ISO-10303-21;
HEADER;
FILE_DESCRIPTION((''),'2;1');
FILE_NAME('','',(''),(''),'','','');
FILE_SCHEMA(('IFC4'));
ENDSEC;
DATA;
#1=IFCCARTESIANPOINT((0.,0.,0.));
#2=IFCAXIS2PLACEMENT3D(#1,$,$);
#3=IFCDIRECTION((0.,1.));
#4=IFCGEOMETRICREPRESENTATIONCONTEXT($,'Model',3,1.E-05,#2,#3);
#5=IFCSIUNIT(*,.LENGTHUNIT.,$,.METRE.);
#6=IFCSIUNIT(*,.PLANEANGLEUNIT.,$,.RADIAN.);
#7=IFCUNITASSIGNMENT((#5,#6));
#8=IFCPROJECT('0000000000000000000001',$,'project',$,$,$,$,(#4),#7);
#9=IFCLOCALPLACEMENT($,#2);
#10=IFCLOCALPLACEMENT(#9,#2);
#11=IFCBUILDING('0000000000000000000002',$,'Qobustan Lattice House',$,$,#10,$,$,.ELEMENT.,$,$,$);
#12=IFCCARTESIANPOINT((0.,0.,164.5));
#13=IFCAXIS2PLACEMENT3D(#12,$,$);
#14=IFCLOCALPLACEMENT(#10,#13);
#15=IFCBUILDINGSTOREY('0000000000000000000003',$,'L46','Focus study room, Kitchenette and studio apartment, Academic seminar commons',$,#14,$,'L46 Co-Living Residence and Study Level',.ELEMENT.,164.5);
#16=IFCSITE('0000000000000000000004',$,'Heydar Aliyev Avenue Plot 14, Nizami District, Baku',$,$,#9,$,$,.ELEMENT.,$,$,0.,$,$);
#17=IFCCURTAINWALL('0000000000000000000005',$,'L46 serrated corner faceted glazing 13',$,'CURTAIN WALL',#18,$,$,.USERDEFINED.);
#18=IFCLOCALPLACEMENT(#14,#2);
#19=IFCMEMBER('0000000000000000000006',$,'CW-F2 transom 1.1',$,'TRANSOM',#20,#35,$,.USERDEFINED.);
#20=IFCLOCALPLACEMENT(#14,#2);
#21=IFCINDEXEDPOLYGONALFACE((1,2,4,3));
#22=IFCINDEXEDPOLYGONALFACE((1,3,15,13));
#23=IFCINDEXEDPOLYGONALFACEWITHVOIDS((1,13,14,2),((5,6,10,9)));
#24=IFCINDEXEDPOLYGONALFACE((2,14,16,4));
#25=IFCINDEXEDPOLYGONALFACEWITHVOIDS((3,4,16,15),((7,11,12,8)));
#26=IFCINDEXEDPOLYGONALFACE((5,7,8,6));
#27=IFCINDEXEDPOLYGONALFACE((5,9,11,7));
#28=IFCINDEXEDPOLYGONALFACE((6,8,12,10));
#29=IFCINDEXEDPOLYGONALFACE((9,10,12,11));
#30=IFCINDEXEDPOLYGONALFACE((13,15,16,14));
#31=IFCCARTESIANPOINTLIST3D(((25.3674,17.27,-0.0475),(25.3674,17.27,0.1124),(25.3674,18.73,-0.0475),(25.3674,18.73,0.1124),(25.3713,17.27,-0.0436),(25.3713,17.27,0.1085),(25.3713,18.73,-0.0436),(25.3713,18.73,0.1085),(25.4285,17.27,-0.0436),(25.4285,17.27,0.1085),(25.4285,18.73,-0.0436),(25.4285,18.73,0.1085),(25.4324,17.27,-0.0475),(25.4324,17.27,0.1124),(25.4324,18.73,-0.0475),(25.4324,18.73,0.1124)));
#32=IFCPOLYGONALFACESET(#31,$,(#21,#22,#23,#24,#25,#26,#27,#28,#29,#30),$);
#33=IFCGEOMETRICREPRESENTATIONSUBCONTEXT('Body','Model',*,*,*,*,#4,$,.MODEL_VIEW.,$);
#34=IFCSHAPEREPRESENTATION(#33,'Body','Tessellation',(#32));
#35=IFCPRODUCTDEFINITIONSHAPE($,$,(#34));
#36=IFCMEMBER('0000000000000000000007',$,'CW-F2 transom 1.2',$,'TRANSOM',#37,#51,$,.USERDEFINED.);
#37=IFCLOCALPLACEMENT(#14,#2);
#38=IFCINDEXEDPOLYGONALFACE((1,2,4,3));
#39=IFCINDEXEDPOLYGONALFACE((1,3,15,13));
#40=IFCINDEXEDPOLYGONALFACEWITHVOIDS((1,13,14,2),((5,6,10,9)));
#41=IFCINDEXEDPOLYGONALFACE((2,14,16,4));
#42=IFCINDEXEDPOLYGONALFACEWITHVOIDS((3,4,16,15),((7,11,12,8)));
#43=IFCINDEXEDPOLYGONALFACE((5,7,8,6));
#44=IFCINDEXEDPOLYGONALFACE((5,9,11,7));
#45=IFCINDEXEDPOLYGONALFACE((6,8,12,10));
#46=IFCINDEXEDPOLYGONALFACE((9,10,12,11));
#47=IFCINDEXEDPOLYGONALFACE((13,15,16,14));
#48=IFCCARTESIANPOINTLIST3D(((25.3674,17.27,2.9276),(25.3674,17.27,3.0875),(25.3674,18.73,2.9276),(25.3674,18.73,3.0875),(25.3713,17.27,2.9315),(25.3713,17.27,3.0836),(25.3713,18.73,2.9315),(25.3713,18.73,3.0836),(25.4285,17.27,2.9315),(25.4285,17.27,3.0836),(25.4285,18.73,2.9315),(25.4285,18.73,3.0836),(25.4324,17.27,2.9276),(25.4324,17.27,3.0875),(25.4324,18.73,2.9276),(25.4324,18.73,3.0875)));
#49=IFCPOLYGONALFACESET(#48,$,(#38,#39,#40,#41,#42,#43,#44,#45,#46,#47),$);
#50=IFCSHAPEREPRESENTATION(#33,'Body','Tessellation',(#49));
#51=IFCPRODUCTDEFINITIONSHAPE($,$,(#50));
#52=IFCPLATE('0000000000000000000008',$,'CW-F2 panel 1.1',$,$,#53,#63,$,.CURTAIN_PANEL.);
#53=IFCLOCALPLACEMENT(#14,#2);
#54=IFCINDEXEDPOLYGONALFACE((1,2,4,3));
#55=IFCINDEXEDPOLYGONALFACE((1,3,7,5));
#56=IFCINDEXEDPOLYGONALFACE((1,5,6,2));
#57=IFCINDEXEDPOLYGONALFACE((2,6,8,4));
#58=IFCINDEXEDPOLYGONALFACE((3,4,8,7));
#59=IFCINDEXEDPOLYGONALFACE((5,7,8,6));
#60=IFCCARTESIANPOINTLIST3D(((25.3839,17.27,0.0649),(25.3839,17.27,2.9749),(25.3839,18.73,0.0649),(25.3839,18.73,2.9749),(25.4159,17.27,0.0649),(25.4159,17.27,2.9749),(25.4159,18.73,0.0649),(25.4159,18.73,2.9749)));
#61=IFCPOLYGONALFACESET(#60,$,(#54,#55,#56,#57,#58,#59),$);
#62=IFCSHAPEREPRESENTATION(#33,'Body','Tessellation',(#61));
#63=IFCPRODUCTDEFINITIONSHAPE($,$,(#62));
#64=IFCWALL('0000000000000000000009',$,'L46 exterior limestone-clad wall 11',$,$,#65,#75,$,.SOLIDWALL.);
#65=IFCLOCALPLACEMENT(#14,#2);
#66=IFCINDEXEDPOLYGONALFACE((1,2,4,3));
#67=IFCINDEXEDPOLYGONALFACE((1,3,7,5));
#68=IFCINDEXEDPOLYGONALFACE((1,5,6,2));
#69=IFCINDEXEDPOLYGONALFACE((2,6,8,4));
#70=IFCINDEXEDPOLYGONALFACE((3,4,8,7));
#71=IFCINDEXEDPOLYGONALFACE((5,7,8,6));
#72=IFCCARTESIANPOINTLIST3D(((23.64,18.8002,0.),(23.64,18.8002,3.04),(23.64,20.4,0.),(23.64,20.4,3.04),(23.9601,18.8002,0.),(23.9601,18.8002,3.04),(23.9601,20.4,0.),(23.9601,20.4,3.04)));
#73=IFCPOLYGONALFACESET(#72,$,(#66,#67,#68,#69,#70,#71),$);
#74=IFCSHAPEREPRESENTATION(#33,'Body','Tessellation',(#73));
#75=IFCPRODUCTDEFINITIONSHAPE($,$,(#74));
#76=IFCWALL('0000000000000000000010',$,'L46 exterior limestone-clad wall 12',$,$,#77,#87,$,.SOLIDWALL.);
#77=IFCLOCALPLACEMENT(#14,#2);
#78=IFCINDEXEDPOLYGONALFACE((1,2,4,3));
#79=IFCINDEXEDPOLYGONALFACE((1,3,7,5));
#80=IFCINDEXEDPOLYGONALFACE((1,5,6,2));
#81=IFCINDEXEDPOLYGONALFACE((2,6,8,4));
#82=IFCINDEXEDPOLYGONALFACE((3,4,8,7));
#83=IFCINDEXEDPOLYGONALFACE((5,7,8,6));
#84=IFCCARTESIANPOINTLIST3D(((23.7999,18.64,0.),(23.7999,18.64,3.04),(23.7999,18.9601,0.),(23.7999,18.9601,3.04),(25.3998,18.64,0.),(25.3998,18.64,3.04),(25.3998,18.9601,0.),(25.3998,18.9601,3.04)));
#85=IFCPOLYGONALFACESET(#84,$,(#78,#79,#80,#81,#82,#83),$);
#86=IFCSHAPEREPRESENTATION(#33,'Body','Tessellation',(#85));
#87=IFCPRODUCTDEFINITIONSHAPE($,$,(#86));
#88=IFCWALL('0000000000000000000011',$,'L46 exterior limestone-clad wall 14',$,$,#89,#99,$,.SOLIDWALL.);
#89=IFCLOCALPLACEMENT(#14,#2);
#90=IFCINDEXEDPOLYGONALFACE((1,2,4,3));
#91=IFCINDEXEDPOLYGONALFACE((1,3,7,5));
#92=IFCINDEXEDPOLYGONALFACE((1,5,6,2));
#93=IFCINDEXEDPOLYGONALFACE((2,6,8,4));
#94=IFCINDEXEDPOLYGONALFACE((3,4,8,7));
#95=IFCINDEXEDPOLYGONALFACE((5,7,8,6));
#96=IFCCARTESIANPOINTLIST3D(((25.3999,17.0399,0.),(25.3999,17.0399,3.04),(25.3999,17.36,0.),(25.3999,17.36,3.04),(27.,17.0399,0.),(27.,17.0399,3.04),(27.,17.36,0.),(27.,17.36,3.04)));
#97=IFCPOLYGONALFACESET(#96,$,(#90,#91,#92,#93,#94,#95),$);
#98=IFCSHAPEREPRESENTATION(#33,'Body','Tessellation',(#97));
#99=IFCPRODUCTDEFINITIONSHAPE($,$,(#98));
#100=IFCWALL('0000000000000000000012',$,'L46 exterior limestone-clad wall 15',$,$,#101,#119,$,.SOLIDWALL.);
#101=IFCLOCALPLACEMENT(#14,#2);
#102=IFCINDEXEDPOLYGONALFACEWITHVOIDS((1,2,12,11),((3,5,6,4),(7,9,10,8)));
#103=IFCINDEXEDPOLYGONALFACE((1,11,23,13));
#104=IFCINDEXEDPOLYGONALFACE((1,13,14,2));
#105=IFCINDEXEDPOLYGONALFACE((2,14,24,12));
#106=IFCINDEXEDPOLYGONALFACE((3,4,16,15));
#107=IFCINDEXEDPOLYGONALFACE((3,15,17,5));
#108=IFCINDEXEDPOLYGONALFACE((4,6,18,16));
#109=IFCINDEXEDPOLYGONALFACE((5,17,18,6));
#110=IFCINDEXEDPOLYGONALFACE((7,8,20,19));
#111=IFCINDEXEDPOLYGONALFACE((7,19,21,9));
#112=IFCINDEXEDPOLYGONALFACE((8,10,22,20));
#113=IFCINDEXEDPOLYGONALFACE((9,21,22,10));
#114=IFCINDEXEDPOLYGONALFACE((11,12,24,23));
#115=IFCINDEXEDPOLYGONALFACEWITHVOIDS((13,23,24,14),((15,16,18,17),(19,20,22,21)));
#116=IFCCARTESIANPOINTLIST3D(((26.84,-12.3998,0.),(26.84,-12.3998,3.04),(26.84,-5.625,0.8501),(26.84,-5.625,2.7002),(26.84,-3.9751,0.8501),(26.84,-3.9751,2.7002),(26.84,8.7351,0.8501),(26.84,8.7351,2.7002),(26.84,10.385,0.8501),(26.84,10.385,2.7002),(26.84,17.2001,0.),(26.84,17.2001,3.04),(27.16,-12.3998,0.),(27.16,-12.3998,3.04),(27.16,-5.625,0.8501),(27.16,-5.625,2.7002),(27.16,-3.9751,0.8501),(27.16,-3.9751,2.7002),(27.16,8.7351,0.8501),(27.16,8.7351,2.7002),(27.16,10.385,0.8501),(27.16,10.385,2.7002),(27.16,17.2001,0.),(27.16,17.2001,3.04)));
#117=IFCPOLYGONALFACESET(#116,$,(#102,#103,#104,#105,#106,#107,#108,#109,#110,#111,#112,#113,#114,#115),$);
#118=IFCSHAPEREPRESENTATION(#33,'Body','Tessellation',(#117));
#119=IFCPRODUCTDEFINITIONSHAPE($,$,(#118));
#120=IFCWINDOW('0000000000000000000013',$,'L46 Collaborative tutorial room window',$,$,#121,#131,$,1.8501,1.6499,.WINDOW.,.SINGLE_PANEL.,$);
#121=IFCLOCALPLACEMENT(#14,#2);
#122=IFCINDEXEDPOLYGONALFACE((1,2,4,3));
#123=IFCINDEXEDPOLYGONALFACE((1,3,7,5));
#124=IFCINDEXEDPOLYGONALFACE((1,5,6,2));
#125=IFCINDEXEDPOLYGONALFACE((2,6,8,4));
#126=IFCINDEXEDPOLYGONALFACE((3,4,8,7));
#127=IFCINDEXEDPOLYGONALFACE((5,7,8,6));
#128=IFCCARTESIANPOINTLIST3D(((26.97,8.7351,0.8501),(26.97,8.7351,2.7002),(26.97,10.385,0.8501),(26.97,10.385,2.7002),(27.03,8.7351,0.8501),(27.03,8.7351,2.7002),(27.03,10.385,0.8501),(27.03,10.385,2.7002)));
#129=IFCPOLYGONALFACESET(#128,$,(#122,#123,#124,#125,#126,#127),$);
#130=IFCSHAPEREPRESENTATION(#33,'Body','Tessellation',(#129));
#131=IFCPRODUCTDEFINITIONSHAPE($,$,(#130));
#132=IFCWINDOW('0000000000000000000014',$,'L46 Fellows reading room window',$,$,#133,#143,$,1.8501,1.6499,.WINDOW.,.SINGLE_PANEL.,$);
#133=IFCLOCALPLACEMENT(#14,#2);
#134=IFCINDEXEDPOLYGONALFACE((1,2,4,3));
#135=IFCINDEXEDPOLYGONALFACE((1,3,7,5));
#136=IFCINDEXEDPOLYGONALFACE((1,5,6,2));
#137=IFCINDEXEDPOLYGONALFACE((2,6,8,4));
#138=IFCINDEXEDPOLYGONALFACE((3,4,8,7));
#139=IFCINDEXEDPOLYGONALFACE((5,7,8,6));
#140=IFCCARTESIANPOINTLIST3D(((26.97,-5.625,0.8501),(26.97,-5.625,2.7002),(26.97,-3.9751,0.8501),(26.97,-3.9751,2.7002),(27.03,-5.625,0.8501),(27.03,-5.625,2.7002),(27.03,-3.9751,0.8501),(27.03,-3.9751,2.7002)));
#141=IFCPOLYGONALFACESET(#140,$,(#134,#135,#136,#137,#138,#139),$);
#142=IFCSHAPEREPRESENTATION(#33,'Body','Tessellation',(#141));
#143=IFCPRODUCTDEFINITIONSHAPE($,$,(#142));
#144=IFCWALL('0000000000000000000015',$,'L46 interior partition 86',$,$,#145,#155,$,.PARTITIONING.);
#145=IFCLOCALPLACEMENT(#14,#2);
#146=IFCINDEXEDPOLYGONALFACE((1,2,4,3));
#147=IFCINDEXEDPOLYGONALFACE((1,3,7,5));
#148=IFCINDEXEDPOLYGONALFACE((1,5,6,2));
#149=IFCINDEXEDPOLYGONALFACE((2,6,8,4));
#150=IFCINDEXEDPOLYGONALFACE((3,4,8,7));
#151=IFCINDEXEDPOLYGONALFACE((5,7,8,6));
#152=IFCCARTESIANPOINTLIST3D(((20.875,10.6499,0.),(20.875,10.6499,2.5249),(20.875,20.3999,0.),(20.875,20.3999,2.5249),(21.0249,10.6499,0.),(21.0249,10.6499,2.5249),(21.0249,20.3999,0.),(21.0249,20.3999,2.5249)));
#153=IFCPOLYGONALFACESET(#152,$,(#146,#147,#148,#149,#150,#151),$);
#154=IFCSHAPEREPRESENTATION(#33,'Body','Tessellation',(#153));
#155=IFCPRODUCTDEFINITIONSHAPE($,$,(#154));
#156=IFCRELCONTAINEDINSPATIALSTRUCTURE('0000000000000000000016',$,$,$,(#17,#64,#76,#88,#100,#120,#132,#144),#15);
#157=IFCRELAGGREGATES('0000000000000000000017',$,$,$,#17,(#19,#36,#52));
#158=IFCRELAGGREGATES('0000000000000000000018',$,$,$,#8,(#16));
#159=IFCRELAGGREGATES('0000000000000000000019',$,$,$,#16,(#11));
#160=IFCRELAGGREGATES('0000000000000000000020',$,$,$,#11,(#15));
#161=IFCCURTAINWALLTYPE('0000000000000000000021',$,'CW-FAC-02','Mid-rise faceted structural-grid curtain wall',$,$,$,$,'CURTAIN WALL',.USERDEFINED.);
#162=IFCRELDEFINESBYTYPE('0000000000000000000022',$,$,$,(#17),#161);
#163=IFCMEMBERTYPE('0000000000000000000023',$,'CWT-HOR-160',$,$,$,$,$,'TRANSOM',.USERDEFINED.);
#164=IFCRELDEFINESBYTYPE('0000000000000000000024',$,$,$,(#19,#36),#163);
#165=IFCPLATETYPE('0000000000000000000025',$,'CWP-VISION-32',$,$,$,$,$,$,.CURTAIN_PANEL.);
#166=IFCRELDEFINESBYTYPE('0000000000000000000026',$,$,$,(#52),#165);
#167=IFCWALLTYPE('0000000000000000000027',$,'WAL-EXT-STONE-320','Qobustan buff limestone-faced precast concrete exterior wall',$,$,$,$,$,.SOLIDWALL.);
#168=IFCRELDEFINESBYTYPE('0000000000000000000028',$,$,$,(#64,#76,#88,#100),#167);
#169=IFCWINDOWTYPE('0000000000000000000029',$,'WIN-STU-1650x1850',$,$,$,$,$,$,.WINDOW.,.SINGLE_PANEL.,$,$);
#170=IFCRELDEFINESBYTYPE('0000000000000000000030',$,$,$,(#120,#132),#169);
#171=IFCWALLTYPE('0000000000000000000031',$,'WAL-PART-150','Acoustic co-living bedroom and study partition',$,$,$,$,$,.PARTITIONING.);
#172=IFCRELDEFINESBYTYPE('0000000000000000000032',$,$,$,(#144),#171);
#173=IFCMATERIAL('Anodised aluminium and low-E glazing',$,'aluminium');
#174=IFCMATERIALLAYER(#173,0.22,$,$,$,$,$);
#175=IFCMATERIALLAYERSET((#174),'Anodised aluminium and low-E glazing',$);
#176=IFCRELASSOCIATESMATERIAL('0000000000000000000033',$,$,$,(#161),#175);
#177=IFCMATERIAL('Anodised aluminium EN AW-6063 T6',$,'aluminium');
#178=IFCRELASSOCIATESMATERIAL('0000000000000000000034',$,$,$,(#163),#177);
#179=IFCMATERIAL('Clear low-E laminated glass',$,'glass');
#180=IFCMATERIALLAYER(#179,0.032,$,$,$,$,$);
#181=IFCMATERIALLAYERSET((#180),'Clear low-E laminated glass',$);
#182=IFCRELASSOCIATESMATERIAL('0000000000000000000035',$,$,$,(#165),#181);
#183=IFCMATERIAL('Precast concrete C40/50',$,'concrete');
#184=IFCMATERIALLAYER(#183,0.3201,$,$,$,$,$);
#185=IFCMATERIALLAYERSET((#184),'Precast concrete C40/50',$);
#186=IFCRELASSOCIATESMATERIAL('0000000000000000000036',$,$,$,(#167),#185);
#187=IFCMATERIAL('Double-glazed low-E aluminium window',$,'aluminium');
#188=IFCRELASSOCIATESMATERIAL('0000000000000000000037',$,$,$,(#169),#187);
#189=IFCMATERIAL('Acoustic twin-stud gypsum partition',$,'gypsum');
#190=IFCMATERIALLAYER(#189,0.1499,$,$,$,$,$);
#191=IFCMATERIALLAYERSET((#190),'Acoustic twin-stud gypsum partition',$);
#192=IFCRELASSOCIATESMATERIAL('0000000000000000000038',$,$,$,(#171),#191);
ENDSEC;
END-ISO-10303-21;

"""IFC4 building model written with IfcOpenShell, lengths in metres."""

from ifc_helpers import new_model, si_unit, direction, frame, frame_2d, origin, origin_2d, place, context, subcontext, project, spatial, rectangle, hollow_rectangle, extrude, material, layer, layer_set, material_profile, profile_set, type_object, element, fill, aggregate, save


model = new_model("IFC4")

# Units and contexts
model_context = context("Model", 3, precision=1e-05, world=origin(), true_north=direction((0.0, 1.0)))
body_context = subcontext(model_context, "Body", "Model", "MODEL_VIEW")
ifc_project = project(units=[si_unit("LENGTHUNIT", "METRE"), si_unit("PLANEANGLEUNIT", "RADIAN")], contexts=[model_context])

# Site, building, storey
site_placement = place(None, origin())
site = spatial("IfcSite", under=ifc_project, at=site_placement, Name="Heydar Aliyev Avenue Plot 14, Nizami District, Baku", CompositionType="ELEMENT", RefElevation=0.0)
building_placement = place(site_placement, origin())
building = spatial("IfcBuilding", under=site, at=building_placement, Name="Qobustan Lattice House", CompositionType="ELEMENT")
storey_placement = place(building_placement, frame((0.0, 0.0, 164.5)))
storey = spatial("IfcBuildingStorey", under=building, at=storey_placement, Name="L46", Description="Focus study room, Kitchenette and studio apartment, Academic seminar commons", LongName="L46 Co-Living Residence and Study Level", CompositionType="ELEMENT", Elevation=164.5)

# Curtain wall, members, plate
ifc_material_1 = material(Name="Anodised aluminium and low-E glazing", Category="aluminium")
ifc_layer_1 = layer(ifc_material_1, 0.22)
ifc_layer_set_1 = layer_set([ifc_layer_1], Name="Anodised aluminium and low-E glazing")
curtain_wall_type = type_object("IfcCurtainWallType", Name="CW-FAC-02", Description="Mid-rise faceted structural-grid curtain wall", ElementType="CURTAIN WALL", PredefinedType="USERDEFINED", material=ifc_layer_set_1)
curtain_wall_placement = place(storey_placement, origin())
curtain_wall = element("IfcCurtainWall", 1, at=curtain_wall_placement, inside=storey, type_object=curtain_wall_type, Name="L46 serrated corner faceted glazing 13", ObjectType="CURTAIN WALL", PredefinedType="USERDEFINED")
ifc_material_2 = material(Name="Anodised aluminium EN AW-6063 T6", Category="aluminium")
ifc_material_profile_1 = material_profile(ifc_material_2, hollow_rectangle(XDim=0.0649, YDim=0.1599, WallThickness=0.0039, at=origin_2d()), Name="CWT-160x65")
ifc_profile_set_1 = profile_set([ifc_material_profile_1], Name="Anodised aluminium EN AW-6063 T6")
member_type_1 = type_object("IfcMemberType", Name="CWT-HOR-160", ElementType="TRANSOM", PredefinedType="USERDEFINED", material=ifc_profile_set_1)
member_1_placement = place(storey_placement, frame((25.3999, 18.73, 0.0325), z_axis=(0.0, -1.0, 0.0), x_axis=(1.0, 0.0, 0.0)))
member_1 = element("IfcMember", 2, at=member_1_placement, type_object=member_type_1, Name="CW-F2 transom 1.1", ObjectType="TRANSOM", PredefinedType="USERDEFINED", context=body_context, shape_type="SweptSolid", body=[
    extrude(hollow_rectangle(XDim=0.0649, YDim=0.1599, WallThickness=0.0039, at=origin_2d()), origin(), (0.0, 0.0, 1.0), 1.46),
])
member_2_placement = place(storey_placement, frame((25.3999, 18.73, 3.0076), z_axis=(0.0, -1.0, 0.0), x_axis=(1.0, 0.0, 0.0)))
member_2 = element("IfcMember", 3, at=member_2_placement, type_object=member_type_1, Name="CW-F2 transom 1.2", ObjectType="TRANSOM", PredefinedType="USERDEFINED", context=body_context, shape_type="SweptSolid", body=[
    extrude(hollow_rectangle(XDim=0.0649, YDim=0.1599, WallThickness=0.0039, at=origin_2d()), origin(), (0.0, 0.0, 1.0), 1.46),
])
ifc_material_3 = material(Name="Clear low-E laminated glass", Category="glass")
ifc_layer_2 = layer(ifc_material_3, 0.032)
ifc_layer_set_2 = layer_set([ifc_layer_2], Name="Clear low-E laminated glass")
plate_type = type_object("IfcPlateType", Name="CWP-VISION-32", PredefinedType="CURTAIN_PANEL", material=ifc_layer_set_2)
plate_placement = place(storey_placement, frame((25.3999, 18.0, 0.0649), z_axis=(0.0, 0.0, 1.0), x_axis=(0.0, -1.0, 0.0)))
plate = element("IfcPlate", 4, at=plate_placement, type_object=plate_type, Name="CW-F2 panel 1.1", PredefinedType="CURTAIN_PANEL", context=body_context, shape_type="SweptSolid", body=[
    extrude(rectangle(XDim=1.46, YDim=0.032, at=origin_2d()), origin(), (0.0, 0.0, 1.0), 2.9099),
])
aggregate(curtain_wall, [member_1, member_2, plate])

# Walls
ifc_material_4 = material(Name="Precast concrete C40/50", Category="concrete")
ifc_layer_3 = layer(ifc_material_4, 0.3201)
ifc_layer_set_3 = layer_set([ifc_layer_3], Name="Precast concrete C40/50")
wall_type_1 = type_object("IfcWallType", Name="WAL-EXT-STONE-320", Description="Qobustan buff limestone-faced precast concrete exterior wall", PredefinedType="SOLIDWALL", material=ifc_layer_set_3)
for number, where, z_axis, x_axis, name in (
    (5, (23.8, 20.3999, 0.0), (0.0, 0.0, 1.0), (0.0, -1.0, 0.0), "L46 exterior limestone-clad wall 11"),
    (6, (23.8, 18.8, 0.0), (0.0, 0.0, 1.0), (1.0, 0.0, 0.0), "L46 exterior limestone-clad wall 12"),
):
    element("IfcWall", number, at=place(storey_placement, frame(where, z_axis=z_axis, x_axis=x_axis)), inside=storey, type_object=wall_type_1, Name=name, PredefinedType="SOLIDWALL", context=body_context, shape_type="SweptSolid", body=[
        extrude(rectangle(XDim=1.5999, YDim=0.3201, at=frame_2d((0.7998, 0.0))), origin(), (0.0, 0.0, 1.0), 3.04),
    ])
wall_1_placement = place(storey_placement, frame((25.3999, 17.2, 0.0), z_axis=(0.0, 0.0, 1.0), x_axis=(1.0, 0.0, 0.0)))
element("IfcWall", 7, at=wall_1_placement, inside=storey, type_object=wall_type_1, Name="L46 exterior limestone-clad wall 14", PredefinedType="SOLIDWALL", context=body_context, shape_type="SweptSolid", body=[
    extrude(rectangle(XDim=1.6001, YDim=0.3201, at=frame_2d((0.8, 0.0))), origin(), (0.0, 0.0, 1.0), 3.04),
])

# Wall, openings, windows
wall_2_placement = place(storey_placement, frame((27.0, 17.2, 0.0), z_axis=(0.0, 0.0, 1.0), x_axis=(0.0, -1.0, 0.0)))
wall_2 = element("IfcWall", 8, at=wall_2_placement, inside=storey, type_object=wall_type_1, Name="L46 exterior limestone-clad wall 15", PredefinedType="SOLIDWALL", context=body_context, shape_type="SweptSolid", body=[
    extrude(rectangle(XDim=29.5999, YDim=0.3201, at=frame_2d((14.7998, 0.0))), origin(), (0.0, 0.0, 1.0), 3.04),
])
opening_1_placement = place(wall_2_placement, frame((6.8149, 0.0, 0.8501)))
opening_1 = element("IfcOpeningElement", 9, at=opening_1_placement, cuts=wall_2, PredefinedType="OPENING", context=body_context, shape_type="SweptSolid", body=[
    extrude(rectangle(XDim=1.6499, YDim=1.8501, at=frame_2d((0.825, 0.925))), frame((0.0, 0.1699, 0.0), z_axis=(0.0, -1.0, 0.0), x_axis=(1.0, 0.0, 0.0)), (0.0, 0.0, 1.0), 0.3401),
])
opening_2_placement = place(wall_2_placement, frame((21.175, 0.0, 0.8501)))
opening_2 = element("IfcOpeningElement", 10, at=opening_2_placement, cuts=wall_2, PredefinedType="OPENING", context=body_context, shape_type="SweptSolid", body=[
    extrude(rectangle(XDim=1.6499, YDim=1.8501, at=frame_2d((0.825, 0.925))), frame((0.0, 0.1699, 0.0), z_axis=(0.0, -1.0, 0.0), x_axis=(1.0, 0.0, 0.0)), (0.0, 0.0, 1.0), 0.3401),
])
ifc_material_5 = material(Name="Double-glazed low-E aluminium window", Category="aluminium")
window_type = type_object("IfcWindowType", Name="WIN-STU-1650x1850", PartitioningType="SINGLE_PANEL", PredefinedType="WINDOW", material=ifc_material_5)
window_1_placement = place(opening_1_placement, origin())
window_1 = element("IfcWindow", 11, at=window_1_placement, inside=storey, type_object=window_type, Name="L46 Collaborative tutorial room window", OverallHeight=1.8501, OverallWidth=1.6499, PartitioningType="SINGLE_PANEL", PredefinedType="WINDOW", context=body_context, shape_type="SweptSolid", body=[
    extrude(rectangle(XDim=1.6499, YDim=1.8501, at=frame_2d((0.825, 0.925))), frame((0.0, 0.03, 0.0), z_axis=(0.0, -1.0, 0.0), x_axis=(1.0, 0.0, 0.0)), (0.0, 0.0, 1.0), 0.0601),
])
fill(opening_1, window_1)
window_2_placement = place(opening_2_placement, origin())
window_2 = element("IfcWindow", 12, at=window_2_placement, inside=storey, type_object=window_type, Name="L46 Fellows reading room window", OverallHeight=1.8501, OverallWidth=1.6499, PartitioningType="SINGLE_PANEL", PredefinedType="WINDOW", context=body_context, shape_type="SweptSolid", body=[
    extrude(rectangle(XDim=1.6499, YDim=1.8501, at=frame_2d((0.825, 0.925))), frame((0.0, 0.03, 0.0), z_axis=(0.0, -1.0, 0.0), x_axis=(1.0, 0.0, 0.0)), (0.0, 0.0, 1.0), 0.0601),
])
fill(opening_2, window_2)

# Wall
ifc_material_6 = material(Name="Acoustic twin-stud gypsum partition", Category="gypsum")
ifc_layer_4 = layer(ifc_material_6, 0.1499)
ifc_layer_set_4 = layer_set([ifc_layer_4], Name="Acoustic twin-stud gypsum partition")
wall_type_2 = type_object("IfcWallType", Name="WAL-PART-150", Description="Acoustic co-living bedroom and study partition", PredefinedType="PARTITIONING", material=ifc_layer_set_4)
wall_3_placement = place(storey_placement, frame((20.95, 10.6499, 0.0), z_axis=(0.0, 0.0, 1.0), x_axis=(0.0, 1.0, 0.0)))
element("IfcWall", 13, at=wall_3_placement, inside=storey, type_object=wall_type_2, Name="L46 interior partition 86", PredefinedType="PARTITIONING", context=body_context, shape_type="SweptSolid", body=[
    extrude(rectangle(XDim=9.75, YDim=0.1499, at=frame_2d((4.875, 0.0))), origin(), (0.0, 0.0, 1.0), 2.5249),
])

save(model, "model.ifc")
